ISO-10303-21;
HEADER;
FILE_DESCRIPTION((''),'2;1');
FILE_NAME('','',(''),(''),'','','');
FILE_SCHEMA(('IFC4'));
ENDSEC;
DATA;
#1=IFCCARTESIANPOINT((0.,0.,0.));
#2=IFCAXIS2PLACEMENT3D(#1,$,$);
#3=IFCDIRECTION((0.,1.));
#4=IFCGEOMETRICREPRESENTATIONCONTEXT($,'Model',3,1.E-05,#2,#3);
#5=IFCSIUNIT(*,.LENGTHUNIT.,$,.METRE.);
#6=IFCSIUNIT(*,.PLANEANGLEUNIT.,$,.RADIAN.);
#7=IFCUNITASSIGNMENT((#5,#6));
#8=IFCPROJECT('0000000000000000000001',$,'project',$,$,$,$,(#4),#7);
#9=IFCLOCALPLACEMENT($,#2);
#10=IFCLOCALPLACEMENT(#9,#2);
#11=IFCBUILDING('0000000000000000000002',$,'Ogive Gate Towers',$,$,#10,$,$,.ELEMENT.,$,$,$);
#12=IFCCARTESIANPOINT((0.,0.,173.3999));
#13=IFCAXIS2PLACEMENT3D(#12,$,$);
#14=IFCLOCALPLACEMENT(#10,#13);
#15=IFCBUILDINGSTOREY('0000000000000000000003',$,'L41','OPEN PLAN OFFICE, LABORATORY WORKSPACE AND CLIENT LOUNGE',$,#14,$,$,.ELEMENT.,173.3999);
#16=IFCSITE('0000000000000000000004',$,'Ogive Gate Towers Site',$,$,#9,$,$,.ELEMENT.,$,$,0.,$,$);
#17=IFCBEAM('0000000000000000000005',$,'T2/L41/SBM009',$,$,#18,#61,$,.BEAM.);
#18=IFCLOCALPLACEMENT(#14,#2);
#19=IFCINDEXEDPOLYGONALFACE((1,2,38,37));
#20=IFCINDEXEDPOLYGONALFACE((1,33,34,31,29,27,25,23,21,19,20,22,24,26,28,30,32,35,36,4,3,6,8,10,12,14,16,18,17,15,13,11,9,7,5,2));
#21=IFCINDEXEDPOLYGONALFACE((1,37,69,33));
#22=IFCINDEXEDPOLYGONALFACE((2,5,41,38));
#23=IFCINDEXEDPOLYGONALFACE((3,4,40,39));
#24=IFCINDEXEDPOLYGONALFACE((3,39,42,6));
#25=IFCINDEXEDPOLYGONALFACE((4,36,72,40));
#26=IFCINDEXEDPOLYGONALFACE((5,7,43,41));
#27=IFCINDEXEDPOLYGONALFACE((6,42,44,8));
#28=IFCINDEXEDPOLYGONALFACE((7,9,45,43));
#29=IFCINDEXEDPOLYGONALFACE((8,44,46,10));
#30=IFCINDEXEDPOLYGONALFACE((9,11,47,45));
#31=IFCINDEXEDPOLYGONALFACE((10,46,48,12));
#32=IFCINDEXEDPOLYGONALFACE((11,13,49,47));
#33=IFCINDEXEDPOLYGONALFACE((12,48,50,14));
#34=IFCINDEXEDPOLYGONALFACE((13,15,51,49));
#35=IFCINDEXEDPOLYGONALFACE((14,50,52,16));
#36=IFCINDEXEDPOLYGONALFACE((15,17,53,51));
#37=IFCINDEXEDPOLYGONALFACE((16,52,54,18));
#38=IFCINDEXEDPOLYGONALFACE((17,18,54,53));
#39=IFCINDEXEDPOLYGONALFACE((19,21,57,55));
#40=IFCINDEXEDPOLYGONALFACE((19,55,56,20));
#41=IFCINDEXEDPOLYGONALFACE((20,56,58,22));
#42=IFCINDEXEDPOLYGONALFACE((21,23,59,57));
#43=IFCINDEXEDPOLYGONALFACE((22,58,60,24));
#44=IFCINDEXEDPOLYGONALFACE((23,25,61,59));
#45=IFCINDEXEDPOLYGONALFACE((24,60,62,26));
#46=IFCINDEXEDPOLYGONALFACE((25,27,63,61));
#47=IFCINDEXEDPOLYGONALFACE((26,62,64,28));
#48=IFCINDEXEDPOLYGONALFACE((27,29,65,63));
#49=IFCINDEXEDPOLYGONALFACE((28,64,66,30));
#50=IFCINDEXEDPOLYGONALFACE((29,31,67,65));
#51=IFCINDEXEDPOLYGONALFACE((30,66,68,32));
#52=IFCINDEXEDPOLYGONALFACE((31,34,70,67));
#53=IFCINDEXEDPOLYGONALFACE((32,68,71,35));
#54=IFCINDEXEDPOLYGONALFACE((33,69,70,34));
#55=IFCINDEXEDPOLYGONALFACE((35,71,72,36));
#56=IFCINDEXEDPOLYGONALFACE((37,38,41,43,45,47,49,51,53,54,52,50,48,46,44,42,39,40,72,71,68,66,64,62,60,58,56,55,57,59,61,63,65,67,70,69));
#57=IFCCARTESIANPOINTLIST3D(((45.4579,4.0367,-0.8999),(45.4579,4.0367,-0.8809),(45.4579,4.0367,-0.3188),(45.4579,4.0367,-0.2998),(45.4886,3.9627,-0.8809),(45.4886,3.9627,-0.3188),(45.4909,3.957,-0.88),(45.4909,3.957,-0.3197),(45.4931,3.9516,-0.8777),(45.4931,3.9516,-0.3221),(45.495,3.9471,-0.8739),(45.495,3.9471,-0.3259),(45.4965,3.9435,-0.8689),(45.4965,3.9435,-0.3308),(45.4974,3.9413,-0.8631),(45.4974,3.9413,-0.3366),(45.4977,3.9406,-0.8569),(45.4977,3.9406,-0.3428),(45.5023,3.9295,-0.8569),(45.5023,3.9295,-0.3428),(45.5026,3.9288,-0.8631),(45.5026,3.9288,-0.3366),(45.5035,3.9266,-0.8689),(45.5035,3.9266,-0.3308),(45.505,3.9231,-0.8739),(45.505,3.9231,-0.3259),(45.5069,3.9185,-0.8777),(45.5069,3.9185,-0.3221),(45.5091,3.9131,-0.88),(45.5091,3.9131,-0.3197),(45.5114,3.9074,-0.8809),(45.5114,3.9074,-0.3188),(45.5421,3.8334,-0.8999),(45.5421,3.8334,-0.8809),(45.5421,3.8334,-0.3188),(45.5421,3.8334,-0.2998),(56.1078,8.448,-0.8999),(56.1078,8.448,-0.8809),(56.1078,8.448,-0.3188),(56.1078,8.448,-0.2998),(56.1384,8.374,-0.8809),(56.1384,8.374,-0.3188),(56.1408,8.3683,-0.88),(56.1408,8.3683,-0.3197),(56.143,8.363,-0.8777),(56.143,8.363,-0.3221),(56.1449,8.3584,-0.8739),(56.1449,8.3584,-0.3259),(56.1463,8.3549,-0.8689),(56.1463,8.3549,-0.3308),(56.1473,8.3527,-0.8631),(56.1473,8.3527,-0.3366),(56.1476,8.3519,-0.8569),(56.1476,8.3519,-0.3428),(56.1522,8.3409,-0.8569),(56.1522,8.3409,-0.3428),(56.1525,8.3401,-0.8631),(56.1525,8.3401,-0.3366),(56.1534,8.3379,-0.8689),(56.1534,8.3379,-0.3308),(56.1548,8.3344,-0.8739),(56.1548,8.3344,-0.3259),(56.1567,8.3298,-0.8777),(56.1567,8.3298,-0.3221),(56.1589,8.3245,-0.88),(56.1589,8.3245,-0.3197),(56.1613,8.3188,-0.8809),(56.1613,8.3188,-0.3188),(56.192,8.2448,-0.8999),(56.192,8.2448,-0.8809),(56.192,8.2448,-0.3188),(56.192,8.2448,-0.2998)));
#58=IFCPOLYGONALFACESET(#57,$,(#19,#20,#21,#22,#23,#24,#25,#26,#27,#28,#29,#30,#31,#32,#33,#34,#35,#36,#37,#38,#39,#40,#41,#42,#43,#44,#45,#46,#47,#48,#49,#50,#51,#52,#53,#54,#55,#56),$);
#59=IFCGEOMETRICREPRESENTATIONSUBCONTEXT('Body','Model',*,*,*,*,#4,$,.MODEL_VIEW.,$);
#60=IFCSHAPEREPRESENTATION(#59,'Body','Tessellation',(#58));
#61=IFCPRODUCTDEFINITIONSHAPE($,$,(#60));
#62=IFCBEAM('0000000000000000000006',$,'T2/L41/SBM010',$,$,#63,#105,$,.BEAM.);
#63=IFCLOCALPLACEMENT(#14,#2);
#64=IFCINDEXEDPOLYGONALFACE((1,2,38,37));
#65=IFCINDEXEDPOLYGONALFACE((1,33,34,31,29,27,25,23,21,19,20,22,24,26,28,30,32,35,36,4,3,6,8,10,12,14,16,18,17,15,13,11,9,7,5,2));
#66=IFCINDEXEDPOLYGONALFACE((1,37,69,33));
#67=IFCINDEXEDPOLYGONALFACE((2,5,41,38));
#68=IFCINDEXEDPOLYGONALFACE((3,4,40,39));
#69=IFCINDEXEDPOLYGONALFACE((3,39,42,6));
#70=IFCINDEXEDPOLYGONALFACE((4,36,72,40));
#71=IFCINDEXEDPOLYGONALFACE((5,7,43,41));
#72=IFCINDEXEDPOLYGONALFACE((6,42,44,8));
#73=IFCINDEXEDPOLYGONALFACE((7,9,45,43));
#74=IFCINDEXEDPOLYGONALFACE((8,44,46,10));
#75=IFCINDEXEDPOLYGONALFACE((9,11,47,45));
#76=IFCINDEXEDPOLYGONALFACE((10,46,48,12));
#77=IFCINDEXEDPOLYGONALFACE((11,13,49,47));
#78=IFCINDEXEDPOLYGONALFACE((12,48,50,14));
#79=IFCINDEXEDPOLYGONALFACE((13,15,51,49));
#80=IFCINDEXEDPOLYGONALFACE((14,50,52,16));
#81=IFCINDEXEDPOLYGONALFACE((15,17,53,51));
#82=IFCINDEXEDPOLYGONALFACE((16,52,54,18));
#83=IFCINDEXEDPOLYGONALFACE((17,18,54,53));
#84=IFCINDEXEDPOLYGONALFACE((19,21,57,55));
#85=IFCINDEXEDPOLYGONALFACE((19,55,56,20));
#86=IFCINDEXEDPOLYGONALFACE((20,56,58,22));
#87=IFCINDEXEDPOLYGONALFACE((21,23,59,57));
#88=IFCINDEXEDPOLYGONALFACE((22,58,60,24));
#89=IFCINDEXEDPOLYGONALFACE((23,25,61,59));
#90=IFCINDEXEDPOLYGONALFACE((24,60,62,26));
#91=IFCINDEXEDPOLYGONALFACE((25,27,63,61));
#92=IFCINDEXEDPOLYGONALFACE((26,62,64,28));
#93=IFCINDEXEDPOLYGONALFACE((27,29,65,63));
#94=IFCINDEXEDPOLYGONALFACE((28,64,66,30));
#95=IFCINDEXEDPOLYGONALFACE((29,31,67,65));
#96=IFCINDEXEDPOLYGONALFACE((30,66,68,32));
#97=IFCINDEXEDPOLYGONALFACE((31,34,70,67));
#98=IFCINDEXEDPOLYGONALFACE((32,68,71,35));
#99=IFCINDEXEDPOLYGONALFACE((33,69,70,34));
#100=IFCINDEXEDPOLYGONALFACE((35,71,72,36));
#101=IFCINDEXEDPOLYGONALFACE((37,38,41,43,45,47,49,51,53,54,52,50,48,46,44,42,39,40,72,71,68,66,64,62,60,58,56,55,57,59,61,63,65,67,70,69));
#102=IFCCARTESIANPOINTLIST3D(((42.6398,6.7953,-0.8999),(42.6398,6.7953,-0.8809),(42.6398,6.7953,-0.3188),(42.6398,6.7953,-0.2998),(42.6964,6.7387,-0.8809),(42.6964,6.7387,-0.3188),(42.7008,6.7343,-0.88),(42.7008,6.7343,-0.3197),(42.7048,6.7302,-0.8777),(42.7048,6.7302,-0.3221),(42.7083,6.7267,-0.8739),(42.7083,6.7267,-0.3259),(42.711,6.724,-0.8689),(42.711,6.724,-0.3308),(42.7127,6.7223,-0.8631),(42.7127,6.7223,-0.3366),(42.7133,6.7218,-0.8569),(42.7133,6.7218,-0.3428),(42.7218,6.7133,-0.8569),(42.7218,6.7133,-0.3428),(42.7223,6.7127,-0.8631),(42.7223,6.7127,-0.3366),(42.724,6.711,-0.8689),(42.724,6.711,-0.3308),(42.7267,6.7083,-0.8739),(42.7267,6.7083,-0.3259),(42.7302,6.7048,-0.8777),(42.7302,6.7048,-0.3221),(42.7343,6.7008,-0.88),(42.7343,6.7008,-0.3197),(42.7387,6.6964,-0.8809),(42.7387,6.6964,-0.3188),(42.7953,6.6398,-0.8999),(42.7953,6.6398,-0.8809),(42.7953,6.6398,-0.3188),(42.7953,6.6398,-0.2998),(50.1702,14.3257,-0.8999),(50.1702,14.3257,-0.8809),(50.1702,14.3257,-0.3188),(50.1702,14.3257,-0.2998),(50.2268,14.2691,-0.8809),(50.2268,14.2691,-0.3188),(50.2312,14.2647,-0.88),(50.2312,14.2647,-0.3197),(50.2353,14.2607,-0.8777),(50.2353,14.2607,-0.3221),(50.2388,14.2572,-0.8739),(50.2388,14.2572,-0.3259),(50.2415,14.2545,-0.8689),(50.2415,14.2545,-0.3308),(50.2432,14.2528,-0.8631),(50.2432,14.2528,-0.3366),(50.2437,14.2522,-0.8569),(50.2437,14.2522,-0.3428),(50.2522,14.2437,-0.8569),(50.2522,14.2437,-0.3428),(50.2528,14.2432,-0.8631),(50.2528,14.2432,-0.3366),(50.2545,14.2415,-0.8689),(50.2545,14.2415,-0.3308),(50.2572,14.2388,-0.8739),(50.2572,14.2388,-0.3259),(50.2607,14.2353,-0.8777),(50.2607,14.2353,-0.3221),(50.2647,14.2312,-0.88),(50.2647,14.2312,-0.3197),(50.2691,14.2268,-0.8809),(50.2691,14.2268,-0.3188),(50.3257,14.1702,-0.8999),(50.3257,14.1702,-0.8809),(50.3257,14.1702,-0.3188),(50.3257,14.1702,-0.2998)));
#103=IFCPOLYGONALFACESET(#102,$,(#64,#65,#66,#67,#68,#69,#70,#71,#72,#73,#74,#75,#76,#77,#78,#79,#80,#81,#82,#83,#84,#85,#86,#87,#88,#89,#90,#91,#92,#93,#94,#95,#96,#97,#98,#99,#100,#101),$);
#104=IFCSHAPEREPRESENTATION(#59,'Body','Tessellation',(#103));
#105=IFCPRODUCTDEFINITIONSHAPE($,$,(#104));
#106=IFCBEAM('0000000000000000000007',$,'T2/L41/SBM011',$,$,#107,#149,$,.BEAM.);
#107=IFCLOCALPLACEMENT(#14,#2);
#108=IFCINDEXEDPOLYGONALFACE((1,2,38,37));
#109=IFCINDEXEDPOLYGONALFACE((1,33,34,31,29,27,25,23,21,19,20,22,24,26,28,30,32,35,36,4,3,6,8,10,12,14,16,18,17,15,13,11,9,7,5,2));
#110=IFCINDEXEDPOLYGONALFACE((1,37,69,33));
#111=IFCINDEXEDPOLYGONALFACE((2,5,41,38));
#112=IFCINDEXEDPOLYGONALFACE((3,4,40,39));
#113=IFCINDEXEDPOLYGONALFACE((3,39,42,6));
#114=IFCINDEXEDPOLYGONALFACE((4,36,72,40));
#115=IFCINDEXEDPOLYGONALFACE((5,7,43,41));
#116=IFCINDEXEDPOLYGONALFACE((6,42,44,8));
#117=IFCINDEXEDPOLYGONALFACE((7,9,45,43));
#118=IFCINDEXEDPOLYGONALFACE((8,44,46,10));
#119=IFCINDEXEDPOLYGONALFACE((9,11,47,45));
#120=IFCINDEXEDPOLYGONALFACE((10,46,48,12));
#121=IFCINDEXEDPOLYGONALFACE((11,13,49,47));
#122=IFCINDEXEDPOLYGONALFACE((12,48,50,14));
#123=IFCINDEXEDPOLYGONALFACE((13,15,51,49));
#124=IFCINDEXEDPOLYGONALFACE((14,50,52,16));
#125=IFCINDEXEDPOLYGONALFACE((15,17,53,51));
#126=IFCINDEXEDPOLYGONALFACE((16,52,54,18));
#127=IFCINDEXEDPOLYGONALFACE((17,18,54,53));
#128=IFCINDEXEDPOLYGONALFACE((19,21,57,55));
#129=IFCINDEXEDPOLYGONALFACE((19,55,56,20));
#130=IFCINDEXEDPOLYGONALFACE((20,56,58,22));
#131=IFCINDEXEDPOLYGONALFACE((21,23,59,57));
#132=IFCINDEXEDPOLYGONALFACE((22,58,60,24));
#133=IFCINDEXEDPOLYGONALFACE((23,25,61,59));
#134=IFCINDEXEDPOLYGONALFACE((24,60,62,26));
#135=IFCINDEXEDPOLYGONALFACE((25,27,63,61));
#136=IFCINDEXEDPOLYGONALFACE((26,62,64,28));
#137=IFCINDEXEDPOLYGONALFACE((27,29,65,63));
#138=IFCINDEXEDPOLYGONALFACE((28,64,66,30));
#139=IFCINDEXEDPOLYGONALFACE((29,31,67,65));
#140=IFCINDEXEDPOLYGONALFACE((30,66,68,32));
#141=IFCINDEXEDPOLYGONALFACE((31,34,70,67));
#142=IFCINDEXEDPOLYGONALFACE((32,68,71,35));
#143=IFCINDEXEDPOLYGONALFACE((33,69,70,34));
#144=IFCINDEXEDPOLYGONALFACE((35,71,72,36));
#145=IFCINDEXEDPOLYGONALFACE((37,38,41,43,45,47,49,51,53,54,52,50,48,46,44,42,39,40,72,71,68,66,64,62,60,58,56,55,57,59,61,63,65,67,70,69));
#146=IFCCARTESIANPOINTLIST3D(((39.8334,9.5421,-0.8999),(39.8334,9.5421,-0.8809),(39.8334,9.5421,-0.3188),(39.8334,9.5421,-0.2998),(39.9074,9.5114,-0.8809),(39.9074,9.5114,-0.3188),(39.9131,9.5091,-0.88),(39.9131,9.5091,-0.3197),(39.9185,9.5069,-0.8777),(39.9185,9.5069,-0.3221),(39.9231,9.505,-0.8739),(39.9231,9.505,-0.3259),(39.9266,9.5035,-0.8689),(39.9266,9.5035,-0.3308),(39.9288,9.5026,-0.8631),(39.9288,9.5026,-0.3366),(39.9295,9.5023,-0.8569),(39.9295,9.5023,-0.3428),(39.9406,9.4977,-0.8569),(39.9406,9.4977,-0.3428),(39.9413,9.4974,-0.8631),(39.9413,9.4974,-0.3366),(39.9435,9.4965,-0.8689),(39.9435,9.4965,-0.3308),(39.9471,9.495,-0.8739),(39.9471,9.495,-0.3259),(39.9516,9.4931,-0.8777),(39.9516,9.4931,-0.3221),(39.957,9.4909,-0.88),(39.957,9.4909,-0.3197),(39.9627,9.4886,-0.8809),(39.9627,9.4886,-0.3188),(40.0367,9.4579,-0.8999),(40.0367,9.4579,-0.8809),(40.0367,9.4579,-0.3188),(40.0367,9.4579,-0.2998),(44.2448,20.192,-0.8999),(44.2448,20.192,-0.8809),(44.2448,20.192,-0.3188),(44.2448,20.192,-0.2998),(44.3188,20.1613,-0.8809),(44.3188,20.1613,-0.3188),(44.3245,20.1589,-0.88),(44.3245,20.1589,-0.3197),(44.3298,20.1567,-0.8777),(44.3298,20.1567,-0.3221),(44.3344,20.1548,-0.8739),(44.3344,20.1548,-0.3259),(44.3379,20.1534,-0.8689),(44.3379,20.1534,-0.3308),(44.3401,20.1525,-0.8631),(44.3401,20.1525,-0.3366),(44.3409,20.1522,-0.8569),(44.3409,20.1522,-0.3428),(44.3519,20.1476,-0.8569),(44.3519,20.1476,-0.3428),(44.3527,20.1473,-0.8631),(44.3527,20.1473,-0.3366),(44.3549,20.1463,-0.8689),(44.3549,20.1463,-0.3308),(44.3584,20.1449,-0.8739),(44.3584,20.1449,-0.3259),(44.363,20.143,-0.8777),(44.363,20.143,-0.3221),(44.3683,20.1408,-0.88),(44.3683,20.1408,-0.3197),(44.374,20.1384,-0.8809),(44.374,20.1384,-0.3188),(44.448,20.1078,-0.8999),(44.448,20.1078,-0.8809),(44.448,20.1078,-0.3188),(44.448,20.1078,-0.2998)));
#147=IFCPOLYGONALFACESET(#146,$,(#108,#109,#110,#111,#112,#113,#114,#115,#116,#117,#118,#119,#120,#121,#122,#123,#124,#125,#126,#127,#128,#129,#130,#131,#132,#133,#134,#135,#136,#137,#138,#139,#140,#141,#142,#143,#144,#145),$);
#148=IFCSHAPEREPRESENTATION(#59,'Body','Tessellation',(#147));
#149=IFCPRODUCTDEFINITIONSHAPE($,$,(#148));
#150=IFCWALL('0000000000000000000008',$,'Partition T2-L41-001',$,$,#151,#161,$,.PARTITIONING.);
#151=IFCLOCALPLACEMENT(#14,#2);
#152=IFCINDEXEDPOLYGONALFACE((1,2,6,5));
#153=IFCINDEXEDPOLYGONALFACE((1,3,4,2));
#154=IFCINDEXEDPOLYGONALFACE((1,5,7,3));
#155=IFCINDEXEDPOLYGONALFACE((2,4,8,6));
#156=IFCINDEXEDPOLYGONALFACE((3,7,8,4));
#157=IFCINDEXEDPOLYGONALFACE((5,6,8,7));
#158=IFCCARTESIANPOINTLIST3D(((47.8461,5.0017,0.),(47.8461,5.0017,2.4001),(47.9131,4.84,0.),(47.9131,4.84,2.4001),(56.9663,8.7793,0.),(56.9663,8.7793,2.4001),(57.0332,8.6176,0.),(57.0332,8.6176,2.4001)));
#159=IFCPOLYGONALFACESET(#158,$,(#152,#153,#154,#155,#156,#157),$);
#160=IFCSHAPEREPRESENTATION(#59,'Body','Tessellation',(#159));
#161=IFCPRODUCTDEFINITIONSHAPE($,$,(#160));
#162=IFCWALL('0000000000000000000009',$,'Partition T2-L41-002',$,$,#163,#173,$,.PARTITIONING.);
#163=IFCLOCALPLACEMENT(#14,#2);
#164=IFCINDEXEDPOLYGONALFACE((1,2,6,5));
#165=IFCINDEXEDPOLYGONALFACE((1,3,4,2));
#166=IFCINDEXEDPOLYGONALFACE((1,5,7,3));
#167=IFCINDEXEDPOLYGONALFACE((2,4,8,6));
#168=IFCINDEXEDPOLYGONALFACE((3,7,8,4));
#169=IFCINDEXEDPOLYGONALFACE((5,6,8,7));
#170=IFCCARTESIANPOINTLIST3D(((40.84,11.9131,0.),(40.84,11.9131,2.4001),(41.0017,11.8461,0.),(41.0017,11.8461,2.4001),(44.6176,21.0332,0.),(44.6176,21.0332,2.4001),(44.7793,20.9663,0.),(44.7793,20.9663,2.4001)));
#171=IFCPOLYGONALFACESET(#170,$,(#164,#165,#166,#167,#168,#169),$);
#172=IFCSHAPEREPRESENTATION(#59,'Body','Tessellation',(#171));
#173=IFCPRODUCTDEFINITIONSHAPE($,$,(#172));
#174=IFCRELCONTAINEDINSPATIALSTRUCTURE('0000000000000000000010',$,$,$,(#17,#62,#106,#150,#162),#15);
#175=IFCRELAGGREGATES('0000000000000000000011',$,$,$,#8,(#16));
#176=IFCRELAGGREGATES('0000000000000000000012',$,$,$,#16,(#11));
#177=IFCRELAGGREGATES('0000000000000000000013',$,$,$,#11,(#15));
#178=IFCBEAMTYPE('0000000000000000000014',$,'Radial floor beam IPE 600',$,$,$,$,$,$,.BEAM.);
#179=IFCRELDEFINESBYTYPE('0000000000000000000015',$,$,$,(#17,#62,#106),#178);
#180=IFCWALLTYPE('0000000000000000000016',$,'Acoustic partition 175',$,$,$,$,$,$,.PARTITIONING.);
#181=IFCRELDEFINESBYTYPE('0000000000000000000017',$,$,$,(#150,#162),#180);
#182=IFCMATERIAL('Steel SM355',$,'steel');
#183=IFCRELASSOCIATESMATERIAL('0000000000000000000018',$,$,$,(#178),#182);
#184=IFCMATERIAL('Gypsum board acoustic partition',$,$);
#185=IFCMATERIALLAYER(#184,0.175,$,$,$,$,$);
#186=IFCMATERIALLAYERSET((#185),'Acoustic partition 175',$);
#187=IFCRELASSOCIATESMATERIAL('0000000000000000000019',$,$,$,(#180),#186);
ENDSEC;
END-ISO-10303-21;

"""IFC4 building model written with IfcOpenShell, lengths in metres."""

from ifc_helpers import new_model, si_unit, direction, frame, frame_2d, origin, origin_2d, place, context, subcontext, project, spatial, rectangle, i_section, extrude, material, layer, layer_set, material_profile, profile_set, type_object, element, save


model = new_model("IFC4")

# Units and contexts
model_context = context("Model", 3, precision=1e-05, world=origin(), true_north=direction((0.0, 1.0)))
body_context = subcontext(model_context, "Body", "Model", "MODEL_VIEW")
ifc_project = project(units=[si_unit("LENGTHUNIT", "METRE"), si_unit("PLANEANGLEUNIT", "RADIAN")], contexts=[model_context])

# Site, building, storey
site_placement = place(None, origin())
site = spatial("IfcSite", under=ifc_project, at=site_placement, Name="Ogive Gate Towers Site", CompositionType="ELEMENT", RefElevation=0.0)
building_placement = place(site_placement, origin())
building = spatial("IfcBuilding", under=site, at=building_placement, Name="Ogive Gate Towers", CompositionType="ELEMENT")
storey_placement = place(building_placement, frame((0.0, 0.0, 173.3999)))
storey = spatial("IfcBuildingStorey", under=building, at=storey_placement, Name="L41", Description="OPEN PLAN OFFICE, LABORATORY WORKSPACE AND CLIENT LOUNGE", CompositionType="ELEMENT", Elevation=173.3999)

# Beams
ifc_material_1 = material(Name="Steel SM355", Category="steel")
ifc_material_profile_1 = material_profile(ifc_material_1, i_section(OverallWidth=0.22, OverallDepth=0.6001, WebThickness=0.012, FlangeThickness=0.019, FilletRadius=0.0239, at=origin_2d()), Name="IPE 600")
ifc_profile_set_1 = profile_set([ifc_material_profile_1], Name="Steel SM355")
beam_type_1 = type_object("IfcBeamType", Name="Radial floor beam IPE 600", PredefinedType="BEAM", material=ifc_profile_set_1)
beam_1_placement = place(storey_placement, frame((45.5, 3.9351, -0.5999), z_axis=(0.923878, 0.382687, 0.0), x_axis=(-0.382687, 0.923878, 0.0)))
element("IfcBeam", 1, at=beam_1_placement, inside=storey, type_object=beam_type_1, Name="T2/L41/SBM009", PredefinedType="BEAM", context=body_context, shape_type="SweptSolid", body=[
    extrude(i_section(OverallWidth=0.22, OverallDepth=0.6001, WebThickness=0.012, FlangeThickness=0.019, FilletRadius=0.0239, at=origin_2d()), origin(), (0.0, 0.0, 1.0), 11.5273),
])
beam_2_placement = place(storey_placement, frame((42.7175, 6.7175, -0.5999), z_axis=(0.707107, 0.707107, 0.0), x_axis=(-0.707107, 0.707107, 0.0)))
element("IfcBeam", 2, at=beam_2_placement, inside=storey, type_object=beam_type_1, Name="T2/L41/SBM010", PredefinedType="BEAM", context=body_context, shape_type="SweptSolid", body=[
    extrude(i_section(OverallWidth=0.22, OverallDepth=0.6001, WebThickness=0.012, FlangeThickness=0.019, FilletRadius=0.0239, at=origin_2d()), origin(), (0.0, 0.0, 1.0), 10.6497),
])
beam_3_placement = place(storey_placement, frame((39.9351, 9.5, -0.5999), z_axis=(0.382687, 0.923878, 0.0), x_axis=(-0.923878, 0.382687, 0.0)))
element("IfcBeam", 3, at=beam_3_placement, inside=storey, type_object=beam_type_1, Name="T2/L41/SBM011", PredefinedType="BEAM", context=body_context, shape_type="SweptSolid", body=[
    extrude(i_section(OverallWidth=0.22, OverallDepth=0.6001, WebThickness=0.012, FlangeThickness=0.019, FilletRadius=0.0239, at=origin_2d()), origin(), (0.0, 0.0, 1.0), 11.5273),
])

# Walls
ifc_material_2 = material(Name="Gypsum board acoustic partition")
ifc_layer_1 = layer(ifc_material_2, 0.175)
ifc_layer_set_1 = layer_set([ifc_layer_1], Name="Acoustic partition 175")
wall_type_1 = type_object("IfcWallType", Name="Acoustic partition 175", PredefinedType="PARTITIONING", material=ifc_layer_set_1)
for number, where, z_axis, x_axis, name in (
    (4, (56.9998, 8.6985, 0.0), (0.0, 0.0, 1.0), (-0.923883, -0.382676, 0.0), "Partition T2-L41-001"),
    (5, (44.6985, 20.9998, 0.0), (0.0, 0.0, 1.0), (-0.382676, -0.923883, 0.0), "Partition T2-L41-002"),
):
    element("IfcWall", number, at=place(storey_placement, frame(where, z_axis=z_axis, x_axis=x_axis)), inside=storey, type_object=wall_type_1, Name=name, PredefinedType="PARTITIONING", context=body_context, shape_type="SweptSolid", body=[
        extrude(rectangle(XDim=9.8716, YDim=0.175, at=frame_2d((4.9358, 0.0))), origin(), (0.0, 0.0, 1.0), 2.4001),
    ])

save(model, "model.ifc")
